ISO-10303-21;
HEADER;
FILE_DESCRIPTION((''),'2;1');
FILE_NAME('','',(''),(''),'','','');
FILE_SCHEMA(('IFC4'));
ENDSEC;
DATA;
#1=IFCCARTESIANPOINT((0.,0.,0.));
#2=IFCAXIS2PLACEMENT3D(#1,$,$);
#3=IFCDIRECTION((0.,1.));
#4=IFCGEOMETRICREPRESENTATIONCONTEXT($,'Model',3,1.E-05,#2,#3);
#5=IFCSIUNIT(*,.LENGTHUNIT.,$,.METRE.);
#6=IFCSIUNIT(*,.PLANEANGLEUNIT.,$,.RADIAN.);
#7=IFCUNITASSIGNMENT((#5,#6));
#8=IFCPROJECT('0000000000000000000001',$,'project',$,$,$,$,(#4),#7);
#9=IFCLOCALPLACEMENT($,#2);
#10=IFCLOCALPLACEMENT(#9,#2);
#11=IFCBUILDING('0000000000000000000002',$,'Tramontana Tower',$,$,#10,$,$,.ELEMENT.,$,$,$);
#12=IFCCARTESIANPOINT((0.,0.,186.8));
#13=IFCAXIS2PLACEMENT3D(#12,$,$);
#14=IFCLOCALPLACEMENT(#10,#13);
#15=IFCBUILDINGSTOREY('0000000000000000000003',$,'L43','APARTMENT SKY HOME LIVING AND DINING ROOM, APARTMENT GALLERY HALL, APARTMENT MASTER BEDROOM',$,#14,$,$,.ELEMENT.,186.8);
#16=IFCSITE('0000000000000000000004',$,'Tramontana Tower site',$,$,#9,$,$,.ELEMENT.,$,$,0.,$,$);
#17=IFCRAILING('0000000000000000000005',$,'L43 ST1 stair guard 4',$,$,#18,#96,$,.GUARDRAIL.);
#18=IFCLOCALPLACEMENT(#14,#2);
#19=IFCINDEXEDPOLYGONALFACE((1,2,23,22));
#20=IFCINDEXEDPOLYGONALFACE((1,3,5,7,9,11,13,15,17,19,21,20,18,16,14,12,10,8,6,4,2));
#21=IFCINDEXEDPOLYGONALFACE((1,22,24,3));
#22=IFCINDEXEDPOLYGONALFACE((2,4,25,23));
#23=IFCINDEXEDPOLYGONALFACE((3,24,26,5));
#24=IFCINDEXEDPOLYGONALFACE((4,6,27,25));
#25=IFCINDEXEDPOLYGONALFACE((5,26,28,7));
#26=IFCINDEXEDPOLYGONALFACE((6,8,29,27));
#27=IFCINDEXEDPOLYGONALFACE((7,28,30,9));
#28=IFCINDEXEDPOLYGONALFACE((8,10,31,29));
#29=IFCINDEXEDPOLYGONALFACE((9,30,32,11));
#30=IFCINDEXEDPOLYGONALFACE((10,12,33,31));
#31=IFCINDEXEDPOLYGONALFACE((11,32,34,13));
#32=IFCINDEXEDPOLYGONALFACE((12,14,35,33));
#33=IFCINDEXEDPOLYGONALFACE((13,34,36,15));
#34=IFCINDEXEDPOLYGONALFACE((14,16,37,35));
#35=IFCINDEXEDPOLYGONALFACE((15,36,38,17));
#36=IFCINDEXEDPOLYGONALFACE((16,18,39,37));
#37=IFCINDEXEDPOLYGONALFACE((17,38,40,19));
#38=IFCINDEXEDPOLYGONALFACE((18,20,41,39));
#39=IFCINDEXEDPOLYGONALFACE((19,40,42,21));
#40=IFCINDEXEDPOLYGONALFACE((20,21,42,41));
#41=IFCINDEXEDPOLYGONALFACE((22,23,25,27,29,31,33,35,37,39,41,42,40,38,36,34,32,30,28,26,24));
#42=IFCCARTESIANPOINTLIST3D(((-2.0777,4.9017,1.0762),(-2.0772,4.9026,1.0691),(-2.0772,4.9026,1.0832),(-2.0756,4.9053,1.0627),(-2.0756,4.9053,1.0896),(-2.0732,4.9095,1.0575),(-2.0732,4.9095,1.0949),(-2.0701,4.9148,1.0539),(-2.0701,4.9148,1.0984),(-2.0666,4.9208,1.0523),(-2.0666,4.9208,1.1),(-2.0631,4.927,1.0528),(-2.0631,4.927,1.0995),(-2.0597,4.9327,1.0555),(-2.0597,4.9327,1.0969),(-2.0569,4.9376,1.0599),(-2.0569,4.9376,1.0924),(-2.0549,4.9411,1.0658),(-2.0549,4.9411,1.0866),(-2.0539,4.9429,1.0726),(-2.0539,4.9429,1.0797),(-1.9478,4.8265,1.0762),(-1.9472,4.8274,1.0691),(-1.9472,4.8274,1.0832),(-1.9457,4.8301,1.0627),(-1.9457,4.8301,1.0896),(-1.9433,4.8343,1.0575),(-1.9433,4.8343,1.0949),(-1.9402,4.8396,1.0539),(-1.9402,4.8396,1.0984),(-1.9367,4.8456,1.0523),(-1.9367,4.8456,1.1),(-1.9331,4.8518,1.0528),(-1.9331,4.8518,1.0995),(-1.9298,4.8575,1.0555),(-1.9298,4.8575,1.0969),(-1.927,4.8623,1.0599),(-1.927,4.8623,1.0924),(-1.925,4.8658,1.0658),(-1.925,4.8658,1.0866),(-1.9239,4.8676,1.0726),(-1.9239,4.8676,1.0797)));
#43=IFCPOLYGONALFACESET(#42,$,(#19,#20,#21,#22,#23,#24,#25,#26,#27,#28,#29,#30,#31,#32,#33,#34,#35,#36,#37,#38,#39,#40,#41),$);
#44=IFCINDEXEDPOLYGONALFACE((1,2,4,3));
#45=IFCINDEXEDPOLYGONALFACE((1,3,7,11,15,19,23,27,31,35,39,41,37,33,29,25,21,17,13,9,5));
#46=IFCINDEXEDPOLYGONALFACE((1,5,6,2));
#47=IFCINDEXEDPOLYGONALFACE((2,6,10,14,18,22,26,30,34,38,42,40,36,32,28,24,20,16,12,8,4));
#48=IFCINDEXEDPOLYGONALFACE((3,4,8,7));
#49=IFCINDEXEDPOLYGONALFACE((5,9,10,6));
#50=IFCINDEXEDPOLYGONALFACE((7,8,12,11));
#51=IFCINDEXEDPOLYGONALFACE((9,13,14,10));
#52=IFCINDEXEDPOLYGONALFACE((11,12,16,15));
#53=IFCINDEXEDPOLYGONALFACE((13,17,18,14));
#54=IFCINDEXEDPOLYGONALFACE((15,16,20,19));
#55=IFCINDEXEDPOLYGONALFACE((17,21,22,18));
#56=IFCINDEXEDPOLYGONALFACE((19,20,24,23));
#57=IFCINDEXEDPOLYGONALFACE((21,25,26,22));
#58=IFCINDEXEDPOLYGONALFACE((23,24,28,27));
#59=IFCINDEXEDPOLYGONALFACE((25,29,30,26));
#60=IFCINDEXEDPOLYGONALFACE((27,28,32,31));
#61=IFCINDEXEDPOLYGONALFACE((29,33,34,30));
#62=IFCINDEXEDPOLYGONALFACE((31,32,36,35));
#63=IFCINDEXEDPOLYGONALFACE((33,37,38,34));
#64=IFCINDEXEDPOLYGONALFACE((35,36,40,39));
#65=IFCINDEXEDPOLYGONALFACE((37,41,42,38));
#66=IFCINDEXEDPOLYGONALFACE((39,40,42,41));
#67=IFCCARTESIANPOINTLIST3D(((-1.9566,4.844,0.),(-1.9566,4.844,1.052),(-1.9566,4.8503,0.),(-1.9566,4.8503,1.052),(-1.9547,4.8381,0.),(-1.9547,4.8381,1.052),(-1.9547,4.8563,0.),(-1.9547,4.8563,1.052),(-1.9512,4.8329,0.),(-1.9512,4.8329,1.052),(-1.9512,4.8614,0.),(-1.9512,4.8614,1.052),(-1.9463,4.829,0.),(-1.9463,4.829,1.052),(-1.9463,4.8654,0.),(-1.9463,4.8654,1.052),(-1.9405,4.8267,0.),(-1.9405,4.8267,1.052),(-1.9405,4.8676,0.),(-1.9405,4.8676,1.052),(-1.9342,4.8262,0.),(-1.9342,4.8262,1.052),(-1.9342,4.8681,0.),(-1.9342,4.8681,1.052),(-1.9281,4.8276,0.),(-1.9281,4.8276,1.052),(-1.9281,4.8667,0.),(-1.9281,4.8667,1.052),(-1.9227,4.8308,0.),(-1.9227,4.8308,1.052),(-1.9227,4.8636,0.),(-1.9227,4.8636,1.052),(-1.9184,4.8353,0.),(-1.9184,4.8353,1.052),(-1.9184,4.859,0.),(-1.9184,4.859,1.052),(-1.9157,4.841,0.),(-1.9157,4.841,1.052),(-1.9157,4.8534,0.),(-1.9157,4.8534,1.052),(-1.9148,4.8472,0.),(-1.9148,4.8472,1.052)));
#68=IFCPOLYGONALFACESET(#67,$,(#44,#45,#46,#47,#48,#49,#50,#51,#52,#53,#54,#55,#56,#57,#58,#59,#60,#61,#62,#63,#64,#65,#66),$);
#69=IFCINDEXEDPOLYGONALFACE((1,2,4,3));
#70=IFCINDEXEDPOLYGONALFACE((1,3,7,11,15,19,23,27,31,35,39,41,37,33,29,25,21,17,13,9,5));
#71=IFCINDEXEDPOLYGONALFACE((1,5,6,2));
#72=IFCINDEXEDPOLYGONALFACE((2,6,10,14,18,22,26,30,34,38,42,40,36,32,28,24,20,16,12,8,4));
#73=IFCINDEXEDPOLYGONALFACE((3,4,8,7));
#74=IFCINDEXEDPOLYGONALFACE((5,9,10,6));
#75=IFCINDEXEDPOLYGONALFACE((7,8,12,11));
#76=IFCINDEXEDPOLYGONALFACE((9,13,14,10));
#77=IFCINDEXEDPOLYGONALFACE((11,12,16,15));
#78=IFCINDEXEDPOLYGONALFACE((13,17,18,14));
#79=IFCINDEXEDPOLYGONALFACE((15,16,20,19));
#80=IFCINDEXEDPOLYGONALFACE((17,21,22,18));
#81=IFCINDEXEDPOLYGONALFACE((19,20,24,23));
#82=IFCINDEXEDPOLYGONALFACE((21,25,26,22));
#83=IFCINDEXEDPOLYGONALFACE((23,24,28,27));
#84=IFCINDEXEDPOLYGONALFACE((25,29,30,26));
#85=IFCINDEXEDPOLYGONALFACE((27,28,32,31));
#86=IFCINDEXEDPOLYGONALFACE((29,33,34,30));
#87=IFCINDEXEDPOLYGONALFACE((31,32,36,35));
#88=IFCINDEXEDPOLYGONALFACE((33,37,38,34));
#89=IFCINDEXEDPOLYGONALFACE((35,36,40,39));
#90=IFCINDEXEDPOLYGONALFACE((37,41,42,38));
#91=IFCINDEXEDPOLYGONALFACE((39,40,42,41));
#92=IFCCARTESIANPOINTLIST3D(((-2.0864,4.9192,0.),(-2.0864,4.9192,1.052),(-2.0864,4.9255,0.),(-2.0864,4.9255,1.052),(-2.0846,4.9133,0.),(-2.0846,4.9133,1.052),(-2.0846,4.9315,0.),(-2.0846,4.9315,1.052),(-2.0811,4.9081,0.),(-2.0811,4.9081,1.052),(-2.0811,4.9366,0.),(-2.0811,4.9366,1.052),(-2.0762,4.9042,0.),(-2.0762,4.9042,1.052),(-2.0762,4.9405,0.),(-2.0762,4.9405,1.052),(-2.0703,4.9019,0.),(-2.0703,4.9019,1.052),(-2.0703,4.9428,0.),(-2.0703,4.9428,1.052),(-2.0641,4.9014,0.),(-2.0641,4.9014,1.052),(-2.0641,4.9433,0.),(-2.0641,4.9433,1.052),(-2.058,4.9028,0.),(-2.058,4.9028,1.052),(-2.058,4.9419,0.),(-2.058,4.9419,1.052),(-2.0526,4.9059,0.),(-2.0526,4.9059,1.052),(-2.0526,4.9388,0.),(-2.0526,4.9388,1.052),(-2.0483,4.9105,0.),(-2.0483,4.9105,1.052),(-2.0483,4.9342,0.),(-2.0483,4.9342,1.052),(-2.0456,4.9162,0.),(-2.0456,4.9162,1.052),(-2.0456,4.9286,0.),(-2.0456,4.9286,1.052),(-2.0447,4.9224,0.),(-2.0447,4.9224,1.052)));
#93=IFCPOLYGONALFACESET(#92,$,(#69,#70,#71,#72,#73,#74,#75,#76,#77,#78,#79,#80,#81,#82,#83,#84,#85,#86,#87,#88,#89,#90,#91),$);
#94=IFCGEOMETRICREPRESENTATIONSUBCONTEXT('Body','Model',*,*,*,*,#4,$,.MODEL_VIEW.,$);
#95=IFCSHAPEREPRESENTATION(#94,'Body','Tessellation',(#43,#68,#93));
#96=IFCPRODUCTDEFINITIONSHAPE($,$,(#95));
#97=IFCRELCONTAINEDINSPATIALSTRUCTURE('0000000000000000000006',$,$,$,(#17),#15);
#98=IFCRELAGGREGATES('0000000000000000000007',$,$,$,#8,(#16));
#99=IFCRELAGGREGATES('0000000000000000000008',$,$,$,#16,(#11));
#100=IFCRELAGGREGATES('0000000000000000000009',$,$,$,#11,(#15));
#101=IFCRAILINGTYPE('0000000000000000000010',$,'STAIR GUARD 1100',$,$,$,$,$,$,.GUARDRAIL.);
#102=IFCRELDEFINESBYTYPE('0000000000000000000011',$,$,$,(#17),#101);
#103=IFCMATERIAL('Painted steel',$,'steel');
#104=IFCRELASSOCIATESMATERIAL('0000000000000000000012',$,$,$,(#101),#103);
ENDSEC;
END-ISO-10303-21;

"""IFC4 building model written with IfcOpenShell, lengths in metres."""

from ifc_helpers import new_model, si_unit, direction, frame, origin, origin_2d, place, context, subcontext, project, spatial, circle, extrude, material, type_object, element, save


model = new_model("IFC4")

# Units and contexts
model_context = context("Model", 3, precision=1e-05, world=origin(), true_north=direction((0.0, 1.0)))
body_context = subcontext(model_context, "Body", "Model", "MODEL_VIEW")
ifc_project = project(units=[si_unit("LENGTHUNIT", "METRE"), si_unit("PLANEANGLEUNIT", "RADIAN")], contexts=[model_context])

# Site, building, storey
site_placement = place(None, origin())
site = spatial("IfcSite", under=ifc_project, at=site_placement, Name="Tramontana Tower site", CompositionType="ELEMENT", RefElevation=0.0)
building_placement = place(site_placement, origin())
building = spatial("IfcBuilding", under=site, at=building_placement, Name="Tramontana Tower", CompositionType="ELEMENT")
storey_placement = place(building_placement, frame((0.0, 0.0, 186.8)))
storey = spatial("IfcBuildingStorey", under=building, at=storey_placement, Name="L43", Description="APARTMENT SKY HOME LIVING AND DINING ROOM, APARTMENT GALLERY HALL, APARTMENT MASTER BEDROOM", CompositionType="ELEMENT", Elevation=186.8)

# Railing
ifc_material_1 = material(Name="Painted steel", Category="steel")
railing_type_1 = type_object("IfcRailingType", Name="STAIR GUARD 1100", PredefinedType="GUARDRAIL", material=ifc_material_1)
railing_1_placement = place(storey_placement, frame((-1.9358, 4.8472, 0.0)))
element("IfcRailing", 1, at=railing_1_placement, inside=storey, type_object=railing_type_1, Name="L43 ST1 stair guard 4", PredefinedType="GUARDRAIL", context=body_context, shape_type="SweptSolid", body=[
    extrude(circle(Radius=0.0239, at=origin_2d()), frame((0.0, 0.0, 1.0762), z_axis=(-0.865426, 0.501036, 0.0), x_axis=(-0.501036, -0.865426, 0.0)), (0.0, 0.0, 1.0), 0.1501),
    extrude(circle(Radius=0.021, at=origin_2d()), origin(), (0.0, 0.0, 1.0), 1.052),
    extrude(circle(Radius=0.021, at=origin_2d()), frame((-0.1299, 0.0752, 0.0)), (0.0, 0.0, 1.0), 1.052),
])

save(model, "model.ifc")
